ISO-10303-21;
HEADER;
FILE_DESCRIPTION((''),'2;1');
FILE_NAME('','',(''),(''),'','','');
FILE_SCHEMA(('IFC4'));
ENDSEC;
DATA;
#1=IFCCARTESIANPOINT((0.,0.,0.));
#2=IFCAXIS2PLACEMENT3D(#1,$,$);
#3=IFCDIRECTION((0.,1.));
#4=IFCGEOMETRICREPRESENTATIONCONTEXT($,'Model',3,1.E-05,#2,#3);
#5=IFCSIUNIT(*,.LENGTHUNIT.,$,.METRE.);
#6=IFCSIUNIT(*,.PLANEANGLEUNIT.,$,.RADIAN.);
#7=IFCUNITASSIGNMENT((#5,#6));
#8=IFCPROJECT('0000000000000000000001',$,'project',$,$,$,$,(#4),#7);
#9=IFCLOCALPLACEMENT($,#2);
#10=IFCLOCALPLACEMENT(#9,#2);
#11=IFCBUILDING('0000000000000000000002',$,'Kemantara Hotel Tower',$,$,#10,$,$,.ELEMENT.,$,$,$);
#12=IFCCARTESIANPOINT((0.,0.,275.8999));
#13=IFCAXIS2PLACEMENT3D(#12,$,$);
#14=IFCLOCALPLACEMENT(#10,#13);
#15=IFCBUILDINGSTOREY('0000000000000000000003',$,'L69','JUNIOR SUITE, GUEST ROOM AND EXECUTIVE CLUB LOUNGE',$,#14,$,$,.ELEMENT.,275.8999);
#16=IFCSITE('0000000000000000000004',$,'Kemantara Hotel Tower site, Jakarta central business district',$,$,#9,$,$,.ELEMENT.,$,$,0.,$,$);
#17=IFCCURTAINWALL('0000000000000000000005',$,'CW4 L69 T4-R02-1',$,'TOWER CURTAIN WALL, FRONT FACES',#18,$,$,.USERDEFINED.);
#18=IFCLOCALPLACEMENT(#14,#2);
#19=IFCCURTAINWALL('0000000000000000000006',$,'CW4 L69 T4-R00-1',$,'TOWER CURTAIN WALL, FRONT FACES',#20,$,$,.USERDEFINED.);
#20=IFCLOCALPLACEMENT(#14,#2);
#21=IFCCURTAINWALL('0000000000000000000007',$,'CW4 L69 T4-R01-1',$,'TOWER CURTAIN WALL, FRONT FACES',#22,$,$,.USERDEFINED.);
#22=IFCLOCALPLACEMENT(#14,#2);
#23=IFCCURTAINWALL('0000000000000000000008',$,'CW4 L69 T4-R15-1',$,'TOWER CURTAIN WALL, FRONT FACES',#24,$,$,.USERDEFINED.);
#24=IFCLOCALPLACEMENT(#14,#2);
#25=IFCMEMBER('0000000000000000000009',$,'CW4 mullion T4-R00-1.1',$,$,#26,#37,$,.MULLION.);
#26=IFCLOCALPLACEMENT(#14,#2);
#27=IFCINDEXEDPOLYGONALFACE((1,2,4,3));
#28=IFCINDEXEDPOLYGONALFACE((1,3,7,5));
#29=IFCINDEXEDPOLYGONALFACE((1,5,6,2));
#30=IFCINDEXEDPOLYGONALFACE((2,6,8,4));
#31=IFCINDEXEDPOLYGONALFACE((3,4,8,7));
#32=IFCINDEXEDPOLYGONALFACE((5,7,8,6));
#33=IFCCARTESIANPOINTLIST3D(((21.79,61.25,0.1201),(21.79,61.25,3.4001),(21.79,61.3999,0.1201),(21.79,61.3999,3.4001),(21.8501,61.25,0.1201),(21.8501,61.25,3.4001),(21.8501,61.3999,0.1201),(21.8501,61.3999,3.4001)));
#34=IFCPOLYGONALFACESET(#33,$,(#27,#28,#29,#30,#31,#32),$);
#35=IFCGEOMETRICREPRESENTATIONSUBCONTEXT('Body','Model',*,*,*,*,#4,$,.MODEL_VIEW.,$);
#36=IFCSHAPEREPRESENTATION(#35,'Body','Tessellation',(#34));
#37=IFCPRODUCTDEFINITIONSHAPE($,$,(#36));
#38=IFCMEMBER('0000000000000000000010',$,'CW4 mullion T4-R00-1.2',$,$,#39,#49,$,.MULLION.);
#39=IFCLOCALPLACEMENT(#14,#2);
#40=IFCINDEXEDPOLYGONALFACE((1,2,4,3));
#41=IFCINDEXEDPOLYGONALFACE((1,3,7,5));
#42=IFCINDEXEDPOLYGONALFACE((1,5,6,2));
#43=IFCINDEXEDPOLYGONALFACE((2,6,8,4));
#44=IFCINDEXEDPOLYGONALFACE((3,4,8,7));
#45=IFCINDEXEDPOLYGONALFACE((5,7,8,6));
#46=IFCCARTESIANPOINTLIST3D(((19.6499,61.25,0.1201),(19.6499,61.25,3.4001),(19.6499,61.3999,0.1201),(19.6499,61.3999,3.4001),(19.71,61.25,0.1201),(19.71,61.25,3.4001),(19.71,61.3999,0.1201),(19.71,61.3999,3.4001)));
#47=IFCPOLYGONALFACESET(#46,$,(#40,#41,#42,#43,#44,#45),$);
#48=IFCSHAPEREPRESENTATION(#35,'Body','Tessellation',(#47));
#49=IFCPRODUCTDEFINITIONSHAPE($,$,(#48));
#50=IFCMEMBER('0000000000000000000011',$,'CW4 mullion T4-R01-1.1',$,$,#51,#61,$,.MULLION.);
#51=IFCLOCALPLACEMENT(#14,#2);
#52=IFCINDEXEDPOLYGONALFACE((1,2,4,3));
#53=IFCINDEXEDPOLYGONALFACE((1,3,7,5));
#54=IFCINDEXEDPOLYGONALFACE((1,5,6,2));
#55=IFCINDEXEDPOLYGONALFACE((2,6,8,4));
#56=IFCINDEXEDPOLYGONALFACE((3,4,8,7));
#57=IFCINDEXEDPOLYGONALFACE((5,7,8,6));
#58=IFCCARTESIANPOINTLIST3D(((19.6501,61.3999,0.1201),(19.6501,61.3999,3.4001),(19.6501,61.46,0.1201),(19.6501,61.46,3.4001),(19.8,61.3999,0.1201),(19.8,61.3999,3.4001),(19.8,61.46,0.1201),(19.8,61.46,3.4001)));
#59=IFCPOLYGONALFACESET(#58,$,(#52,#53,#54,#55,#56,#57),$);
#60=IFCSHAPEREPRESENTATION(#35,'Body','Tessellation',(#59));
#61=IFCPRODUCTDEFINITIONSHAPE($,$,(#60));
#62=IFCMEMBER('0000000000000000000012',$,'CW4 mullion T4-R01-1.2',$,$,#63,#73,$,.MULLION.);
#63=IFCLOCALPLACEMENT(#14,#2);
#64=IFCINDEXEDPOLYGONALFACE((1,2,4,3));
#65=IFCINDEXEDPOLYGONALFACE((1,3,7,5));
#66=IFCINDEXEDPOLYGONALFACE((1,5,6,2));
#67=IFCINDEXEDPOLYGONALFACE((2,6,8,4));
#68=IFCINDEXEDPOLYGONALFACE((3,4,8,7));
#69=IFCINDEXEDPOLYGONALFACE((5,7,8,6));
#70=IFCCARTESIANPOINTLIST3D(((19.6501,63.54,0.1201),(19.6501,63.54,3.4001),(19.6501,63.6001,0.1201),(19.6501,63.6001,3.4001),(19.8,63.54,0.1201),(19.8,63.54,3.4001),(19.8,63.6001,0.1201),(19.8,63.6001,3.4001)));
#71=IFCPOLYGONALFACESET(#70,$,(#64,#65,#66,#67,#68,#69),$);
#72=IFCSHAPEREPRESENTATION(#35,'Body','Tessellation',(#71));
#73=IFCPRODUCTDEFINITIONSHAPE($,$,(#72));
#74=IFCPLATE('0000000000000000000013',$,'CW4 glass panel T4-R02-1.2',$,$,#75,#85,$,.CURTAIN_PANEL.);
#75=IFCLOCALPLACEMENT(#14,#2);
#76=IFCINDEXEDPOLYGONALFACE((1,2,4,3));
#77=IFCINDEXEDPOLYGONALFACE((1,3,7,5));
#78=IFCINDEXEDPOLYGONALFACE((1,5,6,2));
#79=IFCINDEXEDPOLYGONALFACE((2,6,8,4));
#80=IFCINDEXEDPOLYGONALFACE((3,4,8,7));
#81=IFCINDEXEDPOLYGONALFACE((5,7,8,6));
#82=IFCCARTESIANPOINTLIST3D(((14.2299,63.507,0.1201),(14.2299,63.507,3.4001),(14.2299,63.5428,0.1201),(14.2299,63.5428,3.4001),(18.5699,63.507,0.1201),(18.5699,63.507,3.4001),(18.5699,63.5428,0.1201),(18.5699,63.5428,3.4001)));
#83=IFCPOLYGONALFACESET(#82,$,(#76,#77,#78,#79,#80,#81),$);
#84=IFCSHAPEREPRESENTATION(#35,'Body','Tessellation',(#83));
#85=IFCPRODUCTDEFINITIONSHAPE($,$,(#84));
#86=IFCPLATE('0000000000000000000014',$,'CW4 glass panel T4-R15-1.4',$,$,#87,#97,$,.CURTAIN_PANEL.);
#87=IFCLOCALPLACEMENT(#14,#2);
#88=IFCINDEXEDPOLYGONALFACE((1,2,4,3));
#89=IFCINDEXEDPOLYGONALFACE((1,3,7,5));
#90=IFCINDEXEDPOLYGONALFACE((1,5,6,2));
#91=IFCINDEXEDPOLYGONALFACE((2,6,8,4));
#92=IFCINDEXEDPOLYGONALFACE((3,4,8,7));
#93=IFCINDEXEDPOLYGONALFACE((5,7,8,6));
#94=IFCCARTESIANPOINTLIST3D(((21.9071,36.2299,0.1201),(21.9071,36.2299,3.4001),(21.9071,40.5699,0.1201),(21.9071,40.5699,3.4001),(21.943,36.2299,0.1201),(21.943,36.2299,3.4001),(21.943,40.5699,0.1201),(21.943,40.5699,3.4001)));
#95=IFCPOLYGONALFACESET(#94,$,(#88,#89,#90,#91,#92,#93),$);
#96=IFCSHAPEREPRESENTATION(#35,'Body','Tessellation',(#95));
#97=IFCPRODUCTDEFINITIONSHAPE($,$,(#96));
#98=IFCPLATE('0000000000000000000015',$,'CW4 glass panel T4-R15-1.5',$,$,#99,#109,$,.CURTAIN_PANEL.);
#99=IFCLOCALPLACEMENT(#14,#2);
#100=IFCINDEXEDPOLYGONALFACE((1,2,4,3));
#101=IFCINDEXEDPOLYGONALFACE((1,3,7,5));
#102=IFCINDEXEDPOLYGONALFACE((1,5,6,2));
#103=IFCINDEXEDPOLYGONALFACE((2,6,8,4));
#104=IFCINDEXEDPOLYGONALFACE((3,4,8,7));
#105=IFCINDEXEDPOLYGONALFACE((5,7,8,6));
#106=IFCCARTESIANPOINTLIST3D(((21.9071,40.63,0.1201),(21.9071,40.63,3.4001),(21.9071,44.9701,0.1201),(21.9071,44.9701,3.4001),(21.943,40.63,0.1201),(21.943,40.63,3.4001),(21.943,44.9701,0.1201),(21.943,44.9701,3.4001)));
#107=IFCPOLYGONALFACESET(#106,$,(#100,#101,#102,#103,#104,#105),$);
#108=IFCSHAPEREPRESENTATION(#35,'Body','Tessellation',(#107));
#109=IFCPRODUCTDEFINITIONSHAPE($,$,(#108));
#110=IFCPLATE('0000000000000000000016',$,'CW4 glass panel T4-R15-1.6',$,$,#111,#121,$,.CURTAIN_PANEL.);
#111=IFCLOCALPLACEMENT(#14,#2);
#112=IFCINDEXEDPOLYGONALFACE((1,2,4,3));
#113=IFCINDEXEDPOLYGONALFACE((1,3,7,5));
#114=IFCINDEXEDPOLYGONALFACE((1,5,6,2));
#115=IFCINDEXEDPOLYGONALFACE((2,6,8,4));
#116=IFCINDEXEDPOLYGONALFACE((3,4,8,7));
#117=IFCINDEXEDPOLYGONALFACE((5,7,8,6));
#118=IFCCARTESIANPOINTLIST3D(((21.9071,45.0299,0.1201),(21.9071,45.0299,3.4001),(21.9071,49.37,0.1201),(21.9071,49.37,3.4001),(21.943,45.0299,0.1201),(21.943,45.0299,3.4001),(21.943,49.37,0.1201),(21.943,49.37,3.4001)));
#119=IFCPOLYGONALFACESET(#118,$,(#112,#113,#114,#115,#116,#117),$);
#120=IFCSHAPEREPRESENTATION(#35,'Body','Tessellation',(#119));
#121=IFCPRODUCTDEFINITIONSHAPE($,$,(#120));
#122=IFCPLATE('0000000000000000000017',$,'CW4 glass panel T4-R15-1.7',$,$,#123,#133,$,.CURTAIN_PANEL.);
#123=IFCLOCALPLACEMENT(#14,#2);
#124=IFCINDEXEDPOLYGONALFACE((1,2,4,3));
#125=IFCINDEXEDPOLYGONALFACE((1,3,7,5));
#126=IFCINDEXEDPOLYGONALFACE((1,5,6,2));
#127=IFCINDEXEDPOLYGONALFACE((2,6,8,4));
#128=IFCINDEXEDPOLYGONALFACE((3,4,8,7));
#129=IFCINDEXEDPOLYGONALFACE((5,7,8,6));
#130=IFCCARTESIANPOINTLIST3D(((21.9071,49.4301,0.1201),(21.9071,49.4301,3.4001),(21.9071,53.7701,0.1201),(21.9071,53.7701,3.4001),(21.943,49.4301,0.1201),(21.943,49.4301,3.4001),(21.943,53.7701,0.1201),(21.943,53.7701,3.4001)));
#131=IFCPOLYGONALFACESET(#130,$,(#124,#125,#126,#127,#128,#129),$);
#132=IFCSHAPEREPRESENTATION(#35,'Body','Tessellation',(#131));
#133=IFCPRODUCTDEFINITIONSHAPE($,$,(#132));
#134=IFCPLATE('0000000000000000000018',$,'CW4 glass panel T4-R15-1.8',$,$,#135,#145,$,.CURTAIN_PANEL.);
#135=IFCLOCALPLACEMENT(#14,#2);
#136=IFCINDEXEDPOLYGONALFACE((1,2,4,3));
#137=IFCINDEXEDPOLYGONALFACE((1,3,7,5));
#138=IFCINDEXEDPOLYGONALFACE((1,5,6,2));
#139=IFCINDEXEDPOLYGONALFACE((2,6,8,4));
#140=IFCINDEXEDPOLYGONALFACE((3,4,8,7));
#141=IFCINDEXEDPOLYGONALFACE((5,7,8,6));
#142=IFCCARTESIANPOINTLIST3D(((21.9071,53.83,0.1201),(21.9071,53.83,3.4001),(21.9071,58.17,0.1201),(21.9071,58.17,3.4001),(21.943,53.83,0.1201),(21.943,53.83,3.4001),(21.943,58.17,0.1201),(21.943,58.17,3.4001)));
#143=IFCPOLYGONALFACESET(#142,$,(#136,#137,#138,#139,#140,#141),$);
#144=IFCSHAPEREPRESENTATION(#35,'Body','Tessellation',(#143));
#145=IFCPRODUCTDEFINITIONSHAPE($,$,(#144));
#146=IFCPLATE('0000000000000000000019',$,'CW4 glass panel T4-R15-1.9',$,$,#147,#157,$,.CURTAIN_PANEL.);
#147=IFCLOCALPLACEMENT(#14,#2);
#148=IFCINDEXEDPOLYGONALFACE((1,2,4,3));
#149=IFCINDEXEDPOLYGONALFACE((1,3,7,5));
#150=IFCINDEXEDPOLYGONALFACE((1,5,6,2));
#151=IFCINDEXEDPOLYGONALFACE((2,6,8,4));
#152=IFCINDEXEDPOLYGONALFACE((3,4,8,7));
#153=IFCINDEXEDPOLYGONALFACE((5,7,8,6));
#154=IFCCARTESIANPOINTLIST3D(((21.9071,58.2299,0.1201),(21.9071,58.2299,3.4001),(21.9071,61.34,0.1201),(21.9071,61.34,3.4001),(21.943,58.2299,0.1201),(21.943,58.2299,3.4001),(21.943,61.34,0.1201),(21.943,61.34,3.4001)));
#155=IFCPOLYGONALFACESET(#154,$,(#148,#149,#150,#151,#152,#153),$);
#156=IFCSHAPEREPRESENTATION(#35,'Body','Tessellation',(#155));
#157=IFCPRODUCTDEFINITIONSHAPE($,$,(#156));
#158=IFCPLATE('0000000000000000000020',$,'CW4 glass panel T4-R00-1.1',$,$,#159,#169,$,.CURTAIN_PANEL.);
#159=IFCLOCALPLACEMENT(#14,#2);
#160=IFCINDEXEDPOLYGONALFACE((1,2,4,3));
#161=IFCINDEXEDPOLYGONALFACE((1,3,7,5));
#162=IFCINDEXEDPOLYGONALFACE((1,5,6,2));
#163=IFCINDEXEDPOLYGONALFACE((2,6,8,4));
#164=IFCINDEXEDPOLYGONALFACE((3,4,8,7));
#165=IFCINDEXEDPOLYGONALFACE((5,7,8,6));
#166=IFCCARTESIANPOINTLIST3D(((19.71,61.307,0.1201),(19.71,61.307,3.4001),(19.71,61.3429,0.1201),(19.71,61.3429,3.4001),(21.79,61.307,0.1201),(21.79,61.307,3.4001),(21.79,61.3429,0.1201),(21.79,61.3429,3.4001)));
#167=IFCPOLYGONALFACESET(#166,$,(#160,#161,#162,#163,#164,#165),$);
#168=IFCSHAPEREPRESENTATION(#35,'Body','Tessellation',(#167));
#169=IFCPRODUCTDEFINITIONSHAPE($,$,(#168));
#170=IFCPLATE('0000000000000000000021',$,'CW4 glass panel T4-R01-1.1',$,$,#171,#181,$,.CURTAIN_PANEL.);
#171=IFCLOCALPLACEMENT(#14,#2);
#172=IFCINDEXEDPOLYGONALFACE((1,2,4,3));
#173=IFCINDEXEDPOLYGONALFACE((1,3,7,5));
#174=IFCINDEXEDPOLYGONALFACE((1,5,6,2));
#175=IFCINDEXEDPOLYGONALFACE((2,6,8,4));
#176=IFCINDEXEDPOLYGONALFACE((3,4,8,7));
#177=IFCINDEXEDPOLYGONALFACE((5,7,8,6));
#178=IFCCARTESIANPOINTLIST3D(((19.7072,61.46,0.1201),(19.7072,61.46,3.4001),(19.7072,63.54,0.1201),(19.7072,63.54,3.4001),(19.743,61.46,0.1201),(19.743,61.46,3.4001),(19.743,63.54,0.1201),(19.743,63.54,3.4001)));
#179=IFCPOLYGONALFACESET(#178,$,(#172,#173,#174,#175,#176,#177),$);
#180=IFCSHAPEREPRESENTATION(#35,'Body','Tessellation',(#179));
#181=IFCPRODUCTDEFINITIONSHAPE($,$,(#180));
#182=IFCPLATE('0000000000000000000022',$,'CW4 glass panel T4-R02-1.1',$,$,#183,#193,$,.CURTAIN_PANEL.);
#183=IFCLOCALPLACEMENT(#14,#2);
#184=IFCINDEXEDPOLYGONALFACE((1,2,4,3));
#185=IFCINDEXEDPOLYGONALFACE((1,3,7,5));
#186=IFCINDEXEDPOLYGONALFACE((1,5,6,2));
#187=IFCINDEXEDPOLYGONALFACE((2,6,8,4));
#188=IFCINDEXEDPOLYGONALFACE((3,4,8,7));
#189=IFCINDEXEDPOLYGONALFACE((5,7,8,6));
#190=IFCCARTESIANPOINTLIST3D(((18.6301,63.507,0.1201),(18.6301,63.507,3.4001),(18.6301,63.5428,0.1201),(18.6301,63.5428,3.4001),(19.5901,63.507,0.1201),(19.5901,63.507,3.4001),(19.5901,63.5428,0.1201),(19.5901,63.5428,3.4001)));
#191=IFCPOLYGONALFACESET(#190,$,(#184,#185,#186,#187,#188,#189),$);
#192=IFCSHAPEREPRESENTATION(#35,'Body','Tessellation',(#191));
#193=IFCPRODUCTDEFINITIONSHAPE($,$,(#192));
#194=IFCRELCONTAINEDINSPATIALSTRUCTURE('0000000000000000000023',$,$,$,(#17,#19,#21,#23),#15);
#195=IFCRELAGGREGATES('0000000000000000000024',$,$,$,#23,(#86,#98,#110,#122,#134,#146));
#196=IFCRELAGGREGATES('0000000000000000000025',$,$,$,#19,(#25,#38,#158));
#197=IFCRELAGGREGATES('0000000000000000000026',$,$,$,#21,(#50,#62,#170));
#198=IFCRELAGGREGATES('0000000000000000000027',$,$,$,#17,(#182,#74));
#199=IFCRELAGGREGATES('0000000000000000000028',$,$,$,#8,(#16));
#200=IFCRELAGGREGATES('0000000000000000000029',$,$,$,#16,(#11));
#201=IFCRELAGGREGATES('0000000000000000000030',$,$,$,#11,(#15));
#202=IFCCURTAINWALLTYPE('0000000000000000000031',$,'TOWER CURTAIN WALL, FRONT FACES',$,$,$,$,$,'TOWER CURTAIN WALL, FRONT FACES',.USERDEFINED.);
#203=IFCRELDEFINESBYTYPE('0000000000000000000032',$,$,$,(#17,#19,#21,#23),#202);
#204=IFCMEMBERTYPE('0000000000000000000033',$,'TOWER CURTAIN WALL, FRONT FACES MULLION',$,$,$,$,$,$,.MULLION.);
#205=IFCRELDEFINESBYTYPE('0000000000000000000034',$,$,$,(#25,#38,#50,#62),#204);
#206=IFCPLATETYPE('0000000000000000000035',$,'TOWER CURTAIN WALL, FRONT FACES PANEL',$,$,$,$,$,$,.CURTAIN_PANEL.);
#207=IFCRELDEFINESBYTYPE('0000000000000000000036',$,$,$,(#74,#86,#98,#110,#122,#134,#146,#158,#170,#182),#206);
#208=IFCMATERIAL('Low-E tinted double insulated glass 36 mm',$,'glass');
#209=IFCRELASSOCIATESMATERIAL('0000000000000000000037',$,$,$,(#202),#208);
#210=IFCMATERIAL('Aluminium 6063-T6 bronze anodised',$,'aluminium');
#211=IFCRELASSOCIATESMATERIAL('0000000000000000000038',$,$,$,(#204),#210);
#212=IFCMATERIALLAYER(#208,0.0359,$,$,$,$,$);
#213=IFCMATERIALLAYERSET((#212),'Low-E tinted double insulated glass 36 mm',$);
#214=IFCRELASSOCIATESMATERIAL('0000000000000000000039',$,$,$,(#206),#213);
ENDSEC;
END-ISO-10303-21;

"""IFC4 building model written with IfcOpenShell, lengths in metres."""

from ifc_helpers import new_model, si_unit, direction, frame, origin, origin_2d, place, context, subcontext, project, spatial, rectangle, extrude, source, transform, mapped, material, layer, layer_set, material_profile, profile_set, type_object, element, aggregate, save


model = new_model("IFC4")

# Units and contexts
model_context = context("Model", 3, precision=1e-05, world=origin(), true_north=direction((0.0, 1.0)))
body_context = subcontext(model_context, "Body", "Model", "MODEL_VIEW")
ifc_project = project(units=[si_unit("LENGTHUNIT", "METRE"), si_unit("PLANEANGLEUNIT", "RADIAN")], contexts=[model_context])

# Site, building, storey
site_placement = place(None, origin())
site = spatial("IfcSite", under=ifc_project, at=site_placement, Name="Kemantara Hotel Tower site, Jakarta central business district", CompositionType="ELEMENT", RefElevation=0.0)
building_placement = place(site_placement, origin())
building = spatial("IfcBuilding", under=site, at=building_placement, Name="Kemantara Hotel Tower", CompositionType="ELEMENT")
storey_placement = place(building_placement, frame((0.0, 0.0, 275.8999)))
storey = spatial("IfcBuildingStorey", under=building, at=storey_placement, Name="L69", Description="JUNIOR SUITE, GUEST ROOM AND EXECUTIVE CLUB LOUNGE", CompositionType="ELEMENT", Elevation=275.8999)

# Curtain walls
ifc_material_1 = material(Name="Low-E tinted double insulated glass 36 mm", Category="glass")
curtain_wall_type = type_object("IfcCurtainWallType", Name="TOWER CURTAIN WALL, FRONT FACES", ElementType="TOWER CURTAIN WALL, FRONT FACES", PredefinedType="USERDEFINED", material=ifc_material_1)
curtain_wall_1_placement = place(storey_placement, origin())
curtain_wall_1 = element("IfcCurtainWall", 1, at=curtain_wall_1_placement, inside=storey, type_object=curtain_wall_type, Name="CW4 L69 T4-R02-1", ObjectType="TOWER CURTAIN WALL, FRONT FACES", PredefinedType="USERDEFINED")
ifc_material_2 = material(Name="Aluminium 6063-T6 bronze anodised", Category="aluminium")
curtain_wall_2_placement = place(storey_placement, origin())
curtain_wall_2 = element("IfcCurtainWall", 2, at=curtain_wall_2_placement, inside=storey, type_object=curtain_wall_type, Name="CW4 L69 T4-R00-1", ObjectType="TOWER CURTAIN WALL, FRONT FACES", PredefinedType="USERDEFINED")
curtain_wall_3_placement = place(storey_placement, origin())
curtain_wall_3 = element("IfcCurtainWall", 3, at=curtain_wall_3_placement, inside=storey, type_object=curtain_wall_type, Name="CW4 L69 T4-R01-1", ObjectType="TOWER CURTAIN WALL, FRONT FACES", PredefinedType="USERDEFINED")

# Shared definitions
ifc_material_profile_1 = material_profile(ifc_material_2, rectangle(XDim=0.1499, YDim=0.0601, at=origin_2d()), Name="TOWER CURTAIN WALL, FRONT FACES MULLION")
ifc_profile_set_1 = profile_set([ifc_material_profile_1], Name="Aluminium 6063-T6 bronze anodised")
member_type_1 = type_object("IfcMemberType", Name="TOWER CURTAIN WALL, FRONT FACES MULLION", PredefinedType="MULLION", material=ifc_profile_set_1)
shared_shape_1 = source(origin(), body_context, "Body", "SweptSolid", [
    extrude(rectangle(XDim=0.1499, YDim=0.0601, at=origin_2d()), origin(), (0.0, 0.0, 1.0), 3.28),
])

# Curtain wall
curtain_wall_4_placement = place(storey_placement, origin())
curtain_wall_4 = element("IfcCurtainWall", 4, at=curtain_wall_4_placement, inside=storey, type_object=curtain_wall_type, Name="CW4 L69 T4-R15-1", ObjectType="TOWER CURTAIN WALL, FRONT FACES", PredefinedType="USERDEFINED")

# Members
member_1_placement = place(storey_placement, frame((21.8201, 61.325, 0.1201), z_axis=(0.0, 0.0, 1.0), x_axis=(0.0, -1.0, 0.0)))
member_1 = element("IfcMember", 5, at=member_1_placement, type_object=member_type_1, Name="CW4 mullion T4-R00-1.1", PredefinedType="MULLION", context=body_context, shape_type="MappedRepresentation", body=[
    mapped(shared_shape_1, transform((0.0, 0.0, 0.0))),
])
member_2_placement = place(storey_placement, frame((19.6799, 61.325, 0.1201), z_axis=(0.0, 0.0, 1.0), x_axis=(0.0, -1.0, 0.0)))
member_2 = element("IfcMember", 6, at=member_2_placement, type_object=member_type_1, Name="CW4 mullion T4-R00-1.2", PredefinedType="MULLION", context=body_context, shape_type="MappedRepresentation", body=[
    mapped(shared_shape_1, transform((0.0, 0.0, 0.0))),
])
member_3_placement = place(storey_placement, frame((19.7251, 61.4299, 0.1201), z_axis=(0.0, 0.0, 1.0), x_axis=(-1.0, 0.0, 0.0)))
member_3 = element("IfcMember", 7, at=member_3_placement, type_object=member_type_1, Name="CW4 mullion T4-R01-1.1", PredefinedType="MULLION", context=body_context, shape_type="MappedRepresentation", body=[
    mapped(shared_shape_1, transform((0.0, 0.0, 0.0))),
])
member_4_placement = place(storey_placement, frame((19.7251, 63.5701, 0.1201), z_axis=(0.0, 0.0, 1.0), x_axis=(-1.0, 0.0, 0.0)))
member_4 = element("IfcMember", 8, at=member_4_placement, type_object=member_type_1, Name="CW4 mullion T4-R01-1.2", PredefinedType="MULLION", context=body_context, shape_type="MappedRepresentation", body=[
    mapped(shared_shape_1, transform((0.0, 0.0, 0.0))),
])

# Plates
ifc_layer_1 = layer(ifc_material_1, 0.0359)
ifc_layer_set_1 = layer_set([ifc_layer_1], Name="Low-E tinted double insulated glass 36 mm")
plate_type = type_object("IfcPlateType", Name="TOWER CURTAIN WALL, FRONT FACES PANEL", PredefinedType="CURTAIN_PANEL", material=ifc_layer_set_1)
shared_shape_2 = source(origin(), body_context, "Body", "SweptSolid", [
    extrude(rectangle(XDim=4.3401, YDim=0.0359, at=origin_2d()), origin(), (0.0, 0.0, 1.0), 3.28),
])
plate_1_placement = place(storey_placement, frame((16.3999, 63.5249, 0.1201), z_axis=(0.0, 0.0, 1.0), x_axis=(-1.0, 0.0, 0.0)))
plate_1 = element("IfcPlate", 9, at=plate_1_placement, type_object=plate_type, Name="CW4 glass panel T4-R02-1.2", PredefinedType="CURTAIN_PANEL", context=body_context, shape_type="MappedRepresentation", body=[
    mapped(shared_shape_2, transform((0.0, 0.0, 0.0))),
])
plate_2_placement = place(storey_placement, frame((21.925, 38.3999, 0.1201), z_axis=(0.0, 0.0, 1.0), x_axis=(0.0, 1.0, 0.0)))
plate_2 = element("IfcPlate", 10, at=plate_2_placement, type_object=plate_type, Name="CW4 glass panel T4-R15-1.4", PredefinedType="CURTAIN_PANEL", context=body_context, shape_type="MappedRepresentation", body=[
    mapped(shared_shape_2, transform((0.0, 0.0, 0.0))),
])
plate_3_placement = place(storey_placement, frame((21.925, 42.8, 0.1201), z_axis=(0.0, 0.0, 1.0), x_axis=(0.0, 1.0, 0.0)))
plate_3 = element("IfcPlate", 11, at=plate_3_placement, type_object=plate_type, Name="CW4 glass panel T4-R15-1.5", PredefinedType="CURTAIN_PANEL", context=body_context, shape_type="MappedRepresentation", body=[
    mapped(shared_shape_2, transform((0.0, 0.0, 0.0))),
])
plate_4_placement = place(storey_placement, frame((21.925, 47.2, 0.1201), z_axis=(0.0, 0.0, 1.0), x_axis=(0.0, 1.0, 0.0)))
plate_4 = element("IfcPlate", 12, at=plate_4_placement, type_object=plate_type, Name="CW4 glass panel T4-R15-1.6", PredefinedType="CURTAIN_PANEL", context=body_context, shape_type="MappedRepresentation", body=[
    mapped(shared_shape_2, transform((0.0, 0.0, 0.0))),
])
plate_5_placement = place(storey_placement, frame((21.925, 51.6001, 0.1201), z_axis=(0.0, 0.0, 1.0), x_axis=(0.0, 1.0, 0.0)))
plate_5 = element("IfcPlate", 13, at=plate_5_placement, type_object=plate_type, Name="CW4 glass panel T4-R15-1.7", PredefinedType="CURTAIN_PANEL", context=body_context, shape_type="MappedRepresentation", body=[
    mapped(shared_shape_2, transform((0.0, 0.0, 0.0))),
])
plate_6_placement = place(storey_placement, frame((21.925, 56.0, 0.1201), z_axis=(0.0, 0.0, 1.0), x_axis=(0.0, 1.0, 0.0)))
plate_6 = element("IfcPlate", 14, at=plate_6_placement, type_object=plate_type, Name="CW4 glass panel T4-R15-1.8", PredefinedType="CURTAIN_PANEL", context=body_context, shape_type="MappedRepresentation", body=[
    mapped(shared_shape_2, transform((0.0, 0.0, 0.0))),
])
shared_shape_3 = source(origin(), body_context, "Body", "SweptSolid", [
    extrude(rectangle(XDim=3.1101, YDim=0.0359, at=origin_2d()), origin(), (0.0, 0.0, 1.0), 3.28),
])
plate_7_placement = place(storey_placement, frame((21.925, 59.7849, 0.1201), z_axis=(0.0, 0.0, 1.0), x_axis=(0.0, 1.0, 0.0)))
plate_7 = element("IfcPlate", 15, at=plate_7_placement, type_object=plate_type, Name="CW4 glass panel T4-R15-1.9", PredefinedType="CURTAIN_PANEL", context=body_context, shape_type="MappedRepresentation", body=[
    mapped(shared_shape_3, transform((0.0, 0.0, 0.0))),
])
aggregate(curtain_wall_4, [plate_2, plate_3, plate_4, plate_5, plate_6, plate_7])
shared_shape_4 = source(origin(), body_context, "Body", "SweptSolid", [
    extrude(rectangle(XDim=2.0801, YDim=0.0359, at=origin_2d()), origin(), (0.0, 0.0, 1.0), 3.28),
])
plate_8_placement = place(storey_placement, frame((20.75, 61.325, 0.1201), z_axis=(0.0, 0.0, 1.0), x_axis=(-1.0, 0.0, 0.0)))
plate_8 = element("IfcPlate", 16, at=plate_8_placement, type_object=plate_type, Name="CW4 glass panel T4-R00-1.1", PredefinedType="CURTAIN_PANEL", context=body_context, shape_type="MappedRepresentation", body=[
    mapped(shared_shape_4, transform((0.0, 0.0, 0.0))),
])
aggregate(curtain_wall_2, [member_1, member_2, plate_8])
plate_9_placement = place(storey_placement, frame((19.7251, 62.5, 0.1201), z_axis=(0.0, 0.0, 1.0), x_axis=(0.0, 1.0, 0.0)))
plate_9 = element("IfcPlate", 17, at=plate_9_placement, type_object=plate_type, Name="CW4 glass panel T4-R01-1.1", PredefinedType="CURTAIN_PANEL", context=body_context, shape_type="MappedRepresentation", body=[
    mapped(shared_shape_4, transform((0.0, 0.0, 0.0))),
])
aggregate(curtain_wall_3, [member_3, member_4, plate_9])
shared_shape_5 = source(origin(), body_context, "Body", "SweptSolid", [
    extrude(rectangle(XDim=0.96, YDim=0.0359, at=origin_2d()), origin(), (0.0, 0.0, 1.0), 3.28),
])
plate_10_placement = place(storey_placement, frame((19.1101, 63.5249, 0.1201), z_axis=(0.0, 0.0, 1.0), x_axis=(-1.0, 0.0, 0.0)))
plate_10 = element("IfcPlate", 18, at=plate_10_placement, type_object=plate_type, Name="CW4 glass panel T4-R02-1.1", PredefinedType="CURTAIN_PANEL", context=body_context, shape_type="MappedRepresentation", body=[
    mapped(shared_shape_5, transform((0.0, 0.0, 0.0))),
])
aggregate(curtain_wall_1, [plate_10, plate_1])

save(model, "model.ifc")
